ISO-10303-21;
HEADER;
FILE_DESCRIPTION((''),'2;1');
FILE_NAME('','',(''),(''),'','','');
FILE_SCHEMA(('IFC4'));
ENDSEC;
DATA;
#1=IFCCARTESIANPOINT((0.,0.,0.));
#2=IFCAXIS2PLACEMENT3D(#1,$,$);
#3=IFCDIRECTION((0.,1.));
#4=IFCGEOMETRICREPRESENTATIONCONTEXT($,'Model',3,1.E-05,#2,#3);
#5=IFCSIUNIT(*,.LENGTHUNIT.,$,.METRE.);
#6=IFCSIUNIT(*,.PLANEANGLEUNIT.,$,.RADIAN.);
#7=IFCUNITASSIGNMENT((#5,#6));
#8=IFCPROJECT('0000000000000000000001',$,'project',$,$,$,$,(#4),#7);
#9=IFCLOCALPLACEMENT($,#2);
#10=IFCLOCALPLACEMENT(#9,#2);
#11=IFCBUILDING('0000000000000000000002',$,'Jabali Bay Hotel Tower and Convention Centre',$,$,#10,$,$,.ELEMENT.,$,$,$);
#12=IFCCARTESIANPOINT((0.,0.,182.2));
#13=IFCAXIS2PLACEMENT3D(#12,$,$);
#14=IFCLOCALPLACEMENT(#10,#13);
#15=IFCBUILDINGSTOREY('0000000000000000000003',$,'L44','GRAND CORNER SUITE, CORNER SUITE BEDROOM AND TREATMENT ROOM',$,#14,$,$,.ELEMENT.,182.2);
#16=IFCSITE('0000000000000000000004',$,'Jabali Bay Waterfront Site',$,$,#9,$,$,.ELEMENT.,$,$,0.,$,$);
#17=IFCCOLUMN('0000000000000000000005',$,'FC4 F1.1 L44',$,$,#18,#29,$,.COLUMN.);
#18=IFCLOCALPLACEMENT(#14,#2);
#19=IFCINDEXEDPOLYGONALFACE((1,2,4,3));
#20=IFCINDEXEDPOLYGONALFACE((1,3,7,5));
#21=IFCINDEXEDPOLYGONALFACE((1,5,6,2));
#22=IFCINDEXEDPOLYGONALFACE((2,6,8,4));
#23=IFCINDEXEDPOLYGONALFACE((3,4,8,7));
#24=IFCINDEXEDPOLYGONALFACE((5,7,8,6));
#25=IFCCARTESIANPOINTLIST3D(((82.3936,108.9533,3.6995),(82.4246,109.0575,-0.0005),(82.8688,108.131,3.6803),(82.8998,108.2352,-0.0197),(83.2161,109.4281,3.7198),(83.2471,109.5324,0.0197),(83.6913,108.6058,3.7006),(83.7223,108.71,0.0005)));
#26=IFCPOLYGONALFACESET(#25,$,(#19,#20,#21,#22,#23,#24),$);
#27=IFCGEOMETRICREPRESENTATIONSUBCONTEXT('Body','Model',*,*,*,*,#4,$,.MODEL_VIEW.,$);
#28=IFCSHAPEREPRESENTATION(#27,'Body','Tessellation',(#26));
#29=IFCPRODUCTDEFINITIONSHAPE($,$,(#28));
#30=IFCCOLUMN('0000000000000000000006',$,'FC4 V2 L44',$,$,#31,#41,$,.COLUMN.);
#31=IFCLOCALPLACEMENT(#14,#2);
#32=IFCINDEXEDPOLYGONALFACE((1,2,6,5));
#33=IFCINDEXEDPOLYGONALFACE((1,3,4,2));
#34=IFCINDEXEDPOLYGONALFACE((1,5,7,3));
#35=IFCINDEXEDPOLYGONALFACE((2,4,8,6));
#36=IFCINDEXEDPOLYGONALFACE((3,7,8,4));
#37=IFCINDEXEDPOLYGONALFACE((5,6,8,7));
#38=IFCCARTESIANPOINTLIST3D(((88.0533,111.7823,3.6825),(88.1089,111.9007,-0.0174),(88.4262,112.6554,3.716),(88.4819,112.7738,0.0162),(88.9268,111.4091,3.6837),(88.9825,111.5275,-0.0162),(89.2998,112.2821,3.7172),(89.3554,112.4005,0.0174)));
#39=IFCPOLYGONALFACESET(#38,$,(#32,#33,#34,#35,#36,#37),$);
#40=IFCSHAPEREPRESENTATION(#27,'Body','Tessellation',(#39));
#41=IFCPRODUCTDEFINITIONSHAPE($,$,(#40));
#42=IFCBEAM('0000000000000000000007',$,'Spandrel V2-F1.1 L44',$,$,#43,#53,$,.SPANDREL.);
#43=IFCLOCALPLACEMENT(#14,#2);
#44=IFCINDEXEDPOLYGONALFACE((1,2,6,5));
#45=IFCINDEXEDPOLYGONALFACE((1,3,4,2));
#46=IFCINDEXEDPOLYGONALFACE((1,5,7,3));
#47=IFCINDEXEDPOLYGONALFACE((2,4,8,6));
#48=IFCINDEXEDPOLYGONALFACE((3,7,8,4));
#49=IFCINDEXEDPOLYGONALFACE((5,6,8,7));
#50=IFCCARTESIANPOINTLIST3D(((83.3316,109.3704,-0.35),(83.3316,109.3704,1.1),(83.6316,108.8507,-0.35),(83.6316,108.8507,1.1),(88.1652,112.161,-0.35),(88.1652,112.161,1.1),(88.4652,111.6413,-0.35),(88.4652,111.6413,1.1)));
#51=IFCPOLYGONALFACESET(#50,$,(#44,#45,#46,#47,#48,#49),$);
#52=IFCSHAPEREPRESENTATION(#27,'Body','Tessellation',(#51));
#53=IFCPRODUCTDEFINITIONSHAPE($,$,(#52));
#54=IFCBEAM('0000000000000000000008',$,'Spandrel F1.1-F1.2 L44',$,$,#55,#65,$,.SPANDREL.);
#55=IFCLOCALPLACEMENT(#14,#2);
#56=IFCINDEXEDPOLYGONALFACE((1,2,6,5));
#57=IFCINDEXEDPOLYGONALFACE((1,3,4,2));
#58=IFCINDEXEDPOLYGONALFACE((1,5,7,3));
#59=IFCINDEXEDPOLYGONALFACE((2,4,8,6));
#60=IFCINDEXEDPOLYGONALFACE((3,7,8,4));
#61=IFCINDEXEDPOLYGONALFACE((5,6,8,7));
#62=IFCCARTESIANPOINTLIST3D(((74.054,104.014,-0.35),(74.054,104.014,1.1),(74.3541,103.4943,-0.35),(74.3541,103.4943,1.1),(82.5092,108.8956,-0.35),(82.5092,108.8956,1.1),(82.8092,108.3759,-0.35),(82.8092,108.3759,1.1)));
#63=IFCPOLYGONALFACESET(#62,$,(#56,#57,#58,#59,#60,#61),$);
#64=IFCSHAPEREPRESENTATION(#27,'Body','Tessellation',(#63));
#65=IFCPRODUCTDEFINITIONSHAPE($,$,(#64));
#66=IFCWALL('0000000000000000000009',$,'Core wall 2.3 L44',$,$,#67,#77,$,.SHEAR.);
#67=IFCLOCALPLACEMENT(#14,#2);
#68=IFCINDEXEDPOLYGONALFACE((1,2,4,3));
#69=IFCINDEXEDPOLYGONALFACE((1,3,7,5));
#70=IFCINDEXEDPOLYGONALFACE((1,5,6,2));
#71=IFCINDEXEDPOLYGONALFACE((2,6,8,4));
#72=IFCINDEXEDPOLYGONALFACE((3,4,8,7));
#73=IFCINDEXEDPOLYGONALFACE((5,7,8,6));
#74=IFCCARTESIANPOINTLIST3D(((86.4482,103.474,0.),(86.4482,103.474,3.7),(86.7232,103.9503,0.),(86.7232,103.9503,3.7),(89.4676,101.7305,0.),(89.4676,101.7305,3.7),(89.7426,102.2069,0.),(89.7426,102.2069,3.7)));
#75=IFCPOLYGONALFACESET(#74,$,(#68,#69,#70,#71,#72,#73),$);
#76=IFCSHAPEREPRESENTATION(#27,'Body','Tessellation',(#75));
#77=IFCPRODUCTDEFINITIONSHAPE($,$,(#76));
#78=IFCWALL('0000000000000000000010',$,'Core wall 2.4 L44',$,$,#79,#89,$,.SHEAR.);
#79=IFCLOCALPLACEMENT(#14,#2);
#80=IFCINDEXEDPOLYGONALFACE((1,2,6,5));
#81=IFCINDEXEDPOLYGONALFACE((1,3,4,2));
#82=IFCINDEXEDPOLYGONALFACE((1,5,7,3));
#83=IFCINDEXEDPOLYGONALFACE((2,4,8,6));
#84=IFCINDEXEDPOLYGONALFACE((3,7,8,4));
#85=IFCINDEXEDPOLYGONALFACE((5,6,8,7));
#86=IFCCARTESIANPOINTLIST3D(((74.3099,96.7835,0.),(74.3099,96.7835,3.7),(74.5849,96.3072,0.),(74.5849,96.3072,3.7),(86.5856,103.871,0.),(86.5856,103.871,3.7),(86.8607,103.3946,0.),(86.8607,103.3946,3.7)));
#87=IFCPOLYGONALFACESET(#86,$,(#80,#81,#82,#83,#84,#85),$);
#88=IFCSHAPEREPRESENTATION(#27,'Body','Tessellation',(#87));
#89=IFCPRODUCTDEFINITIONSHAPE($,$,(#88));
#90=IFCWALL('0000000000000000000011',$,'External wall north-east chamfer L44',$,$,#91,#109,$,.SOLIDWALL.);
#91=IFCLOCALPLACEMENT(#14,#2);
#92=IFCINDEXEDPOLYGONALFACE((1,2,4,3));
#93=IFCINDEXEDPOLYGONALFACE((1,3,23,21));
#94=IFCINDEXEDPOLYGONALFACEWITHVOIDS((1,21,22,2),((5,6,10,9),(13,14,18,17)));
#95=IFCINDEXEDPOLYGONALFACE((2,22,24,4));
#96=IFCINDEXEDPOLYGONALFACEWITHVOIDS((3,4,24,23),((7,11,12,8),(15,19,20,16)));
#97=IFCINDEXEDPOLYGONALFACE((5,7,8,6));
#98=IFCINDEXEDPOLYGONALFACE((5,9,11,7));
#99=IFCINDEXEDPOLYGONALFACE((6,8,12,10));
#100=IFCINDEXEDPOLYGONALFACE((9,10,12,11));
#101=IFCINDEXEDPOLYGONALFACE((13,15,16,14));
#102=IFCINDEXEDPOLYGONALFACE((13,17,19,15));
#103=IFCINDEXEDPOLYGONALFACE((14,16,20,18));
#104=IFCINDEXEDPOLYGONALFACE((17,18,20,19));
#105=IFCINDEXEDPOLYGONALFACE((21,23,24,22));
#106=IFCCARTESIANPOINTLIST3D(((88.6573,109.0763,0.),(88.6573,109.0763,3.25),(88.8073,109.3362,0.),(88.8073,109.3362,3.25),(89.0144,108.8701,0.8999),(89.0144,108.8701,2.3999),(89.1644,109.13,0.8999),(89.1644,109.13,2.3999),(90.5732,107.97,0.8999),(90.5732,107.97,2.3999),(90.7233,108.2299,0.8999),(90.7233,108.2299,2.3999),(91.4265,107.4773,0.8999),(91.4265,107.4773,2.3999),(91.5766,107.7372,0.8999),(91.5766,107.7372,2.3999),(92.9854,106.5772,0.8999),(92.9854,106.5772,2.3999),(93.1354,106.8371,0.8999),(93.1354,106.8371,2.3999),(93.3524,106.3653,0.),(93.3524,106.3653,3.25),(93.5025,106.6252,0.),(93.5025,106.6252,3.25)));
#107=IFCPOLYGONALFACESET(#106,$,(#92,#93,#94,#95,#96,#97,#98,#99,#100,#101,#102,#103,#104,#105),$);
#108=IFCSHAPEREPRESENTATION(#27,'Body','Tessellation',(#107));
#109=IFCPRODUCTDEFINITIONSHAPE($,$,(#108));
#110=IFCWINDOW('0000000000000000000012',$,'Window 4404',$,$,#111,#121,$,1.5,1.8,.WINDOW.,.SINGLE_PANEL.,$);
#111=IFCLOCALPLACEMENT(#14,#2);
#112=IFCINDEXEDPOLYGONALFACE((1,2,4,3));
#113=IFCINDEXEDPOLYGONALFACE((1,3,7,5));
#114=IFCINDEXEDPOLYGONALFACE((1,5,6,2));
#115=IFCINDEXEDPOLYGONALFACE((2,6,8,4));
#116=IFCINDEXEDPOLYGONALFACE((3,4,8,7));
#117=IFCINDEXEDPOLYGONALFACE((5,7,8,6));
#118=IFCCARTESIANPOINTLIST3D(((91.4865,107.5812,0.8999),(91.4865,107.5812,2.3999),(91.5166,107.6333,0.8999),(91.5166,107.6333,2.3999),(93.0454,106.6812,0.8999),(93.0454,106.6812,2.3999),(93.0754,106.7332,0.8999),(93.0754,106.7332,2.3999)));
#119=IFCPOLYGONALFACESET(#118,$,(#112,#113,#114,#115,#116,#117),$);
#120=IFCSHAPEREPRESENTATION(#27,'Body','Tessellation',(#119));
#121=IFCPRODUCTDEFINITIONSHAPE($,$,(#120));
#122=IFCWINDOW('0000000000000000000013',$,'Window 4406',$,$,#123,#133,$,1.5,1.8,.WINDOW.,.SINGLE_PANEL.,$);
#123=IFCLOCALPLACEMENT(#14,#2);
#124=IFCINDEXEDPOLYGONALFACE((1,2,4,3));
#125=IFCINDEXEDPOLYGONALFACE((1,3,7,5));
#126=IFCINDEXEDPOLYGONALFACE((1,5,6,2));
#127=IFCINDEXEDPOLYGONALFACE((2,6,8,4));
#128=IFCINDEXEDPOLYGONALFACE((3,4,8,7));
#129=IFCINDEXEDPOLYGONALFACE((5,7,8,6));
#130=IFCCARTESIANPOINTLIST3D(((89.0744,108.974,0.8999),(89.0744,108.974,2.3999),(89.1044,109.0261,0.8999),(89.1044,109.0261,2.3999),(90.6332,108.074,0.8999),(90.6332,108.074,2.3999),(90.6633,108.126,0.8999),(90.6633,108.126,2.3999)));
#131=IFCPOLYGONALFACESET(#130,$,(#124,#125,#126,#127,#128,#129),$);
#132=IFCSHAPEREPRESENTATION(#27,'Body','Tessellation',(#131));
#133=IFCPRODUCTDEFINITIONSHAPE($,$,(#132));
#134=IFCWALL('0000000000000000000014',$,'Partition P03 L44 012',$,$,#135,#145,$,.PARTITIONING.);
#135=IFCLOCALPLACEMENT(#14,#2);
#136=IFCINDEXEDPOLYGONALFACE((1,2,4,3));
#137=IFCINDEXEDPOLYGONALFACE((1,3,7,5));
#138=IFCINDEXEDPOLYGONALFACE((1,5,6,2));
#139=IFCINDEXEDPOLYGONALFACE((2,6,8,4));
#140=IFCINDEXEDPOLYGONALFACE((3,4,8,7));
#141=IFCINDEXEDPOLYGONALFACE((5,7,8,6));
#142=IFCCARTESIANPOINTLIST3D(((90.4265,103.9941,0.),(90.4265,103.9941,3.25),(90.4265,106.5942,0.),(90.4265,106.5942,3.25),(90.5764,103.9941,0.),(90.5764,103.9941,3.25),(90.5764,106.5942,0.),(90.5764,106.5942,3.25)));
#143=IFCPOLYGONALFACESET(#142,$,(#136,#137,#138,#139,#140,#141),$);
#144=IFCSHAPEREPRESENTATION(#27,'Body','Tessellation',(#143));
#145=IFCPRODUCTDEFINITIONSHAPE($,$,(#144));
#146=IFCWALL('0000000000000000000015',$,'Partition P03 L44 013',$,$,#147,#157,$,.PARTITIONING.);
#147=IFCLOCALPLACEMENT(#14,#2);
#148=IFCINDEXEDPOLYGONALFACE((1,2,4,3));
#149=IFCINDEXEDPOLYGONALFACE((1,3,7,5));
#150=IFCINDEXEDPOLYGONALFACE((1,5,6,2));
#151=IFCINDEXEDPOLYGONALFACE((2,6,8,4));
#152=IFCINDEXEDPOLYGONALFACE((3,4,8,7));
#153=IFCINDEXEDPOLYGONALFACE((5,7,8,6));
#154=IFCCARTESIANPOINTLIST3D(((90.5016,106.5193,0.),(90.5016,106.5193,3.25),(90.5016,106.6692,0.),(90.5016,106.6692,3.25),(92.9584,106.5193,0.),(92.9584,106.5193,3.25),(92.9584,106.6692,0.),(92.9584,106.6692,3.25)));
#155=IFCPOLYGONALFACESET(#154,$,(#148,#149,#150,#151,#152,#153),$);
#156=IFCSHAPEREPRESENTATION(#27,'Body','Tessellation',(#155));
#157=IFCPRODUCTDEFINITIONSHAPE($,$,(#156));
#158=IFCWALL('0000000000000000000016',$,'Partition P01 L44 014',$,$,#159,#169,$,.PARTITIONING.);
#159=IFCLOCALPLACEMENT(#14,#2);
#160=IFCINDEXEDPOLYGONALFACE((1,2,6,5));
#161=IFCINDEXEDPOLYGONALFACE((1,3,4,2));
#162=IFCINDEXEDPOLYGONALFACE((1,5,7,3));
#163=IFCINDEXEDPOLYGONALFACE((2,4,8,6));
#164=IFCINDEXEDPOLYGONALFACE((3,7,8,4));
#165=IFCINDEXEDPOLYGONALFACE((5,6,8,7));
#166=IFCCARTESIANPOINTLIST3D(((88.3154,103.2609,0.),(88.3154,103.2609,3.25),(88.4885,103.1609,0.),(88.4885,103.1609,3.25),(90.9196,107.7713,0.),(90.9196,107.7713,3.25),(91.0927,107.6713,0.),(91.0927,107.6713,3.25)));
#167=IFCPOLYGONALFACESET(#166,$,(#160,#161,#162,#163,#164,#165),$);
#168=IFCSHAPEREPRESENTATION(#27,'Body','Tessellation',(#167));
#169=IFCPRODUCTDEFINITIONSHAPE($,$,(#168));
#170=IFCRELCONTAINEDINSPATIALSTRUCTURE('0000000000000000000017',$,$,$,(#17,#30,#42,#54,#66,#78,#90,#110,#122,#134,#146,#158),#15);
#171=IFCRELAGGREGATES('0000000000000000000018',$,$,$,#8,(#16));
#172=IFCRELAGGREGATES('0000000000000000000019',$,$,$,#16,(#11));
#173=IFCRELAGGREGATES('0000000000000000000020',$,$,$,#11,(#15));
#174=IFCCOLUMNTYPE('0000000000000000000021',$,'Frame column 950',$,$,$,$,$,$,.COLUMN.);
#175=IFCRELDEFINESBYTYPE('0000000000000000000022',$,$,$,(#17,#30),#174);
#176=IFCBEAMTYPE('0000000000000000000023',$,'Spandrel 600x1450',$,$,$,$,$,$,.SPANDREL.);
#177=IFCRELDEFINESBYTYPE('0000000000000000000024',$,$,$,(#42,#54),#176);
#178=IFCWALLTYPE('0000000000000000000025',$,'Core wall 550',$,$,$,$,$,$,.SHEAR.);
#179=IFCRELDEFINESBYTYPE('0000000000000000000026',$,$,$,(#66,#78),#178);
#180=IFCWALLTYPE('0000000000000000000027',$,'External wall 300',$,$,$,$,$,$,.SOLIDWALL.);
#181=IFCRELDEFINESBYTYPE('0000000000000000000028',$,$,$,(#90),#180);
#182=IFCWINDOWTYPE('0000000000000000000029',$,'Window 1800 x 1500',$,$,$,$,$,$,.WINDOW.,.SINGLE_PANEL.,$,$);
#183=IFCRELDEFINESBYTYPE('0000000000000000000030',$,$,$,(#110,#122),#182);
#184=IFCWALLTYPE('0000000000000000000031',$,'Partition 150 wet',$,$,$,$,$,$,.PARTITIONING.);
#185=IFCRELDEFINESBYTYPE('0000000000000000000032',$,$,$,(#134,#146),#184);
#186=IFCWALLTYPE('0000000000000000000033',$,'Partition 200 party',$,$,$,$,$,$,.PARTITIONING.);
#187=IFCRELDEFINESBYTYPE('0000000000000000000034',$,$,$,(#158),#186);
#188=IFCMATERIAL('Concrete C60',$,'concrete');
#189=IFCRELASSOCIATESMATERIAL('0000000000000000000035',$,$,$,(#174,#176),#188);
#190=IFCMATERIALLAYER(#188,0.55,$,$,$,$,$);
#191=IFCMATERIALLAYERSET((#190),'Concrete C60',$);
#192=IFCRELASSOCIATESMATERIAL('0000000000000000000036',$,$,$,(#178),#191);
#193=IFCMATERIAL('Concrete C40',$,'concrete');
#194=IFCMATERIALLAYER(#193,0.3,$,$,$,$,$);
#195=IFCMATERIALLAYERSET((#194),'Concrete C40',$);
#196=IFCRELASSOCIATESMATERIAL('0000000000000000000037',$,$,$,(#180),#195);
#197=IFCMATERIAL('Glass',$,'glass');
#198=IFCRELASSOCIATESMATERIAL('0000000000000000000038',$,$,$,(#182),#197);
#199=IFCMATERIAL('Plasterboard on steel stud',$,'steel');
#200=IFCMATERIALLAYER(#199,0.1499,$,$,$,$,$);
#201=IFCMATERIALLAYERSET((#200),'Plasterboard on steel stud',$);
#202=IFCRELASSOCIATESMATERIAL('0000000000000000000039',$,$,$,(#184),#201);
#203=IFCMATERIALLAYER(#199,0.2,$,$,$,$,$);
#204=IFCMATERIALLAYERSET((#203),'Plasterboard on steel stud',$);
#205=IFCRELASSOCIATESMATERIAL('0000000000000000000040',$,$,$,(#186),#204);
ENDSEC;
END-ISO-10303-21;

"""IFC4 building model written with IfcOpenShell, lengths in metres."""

from ifc_helpers import new_model, si_unit, direction, frame, frame_2d, origin, origin_2d, place, context, subcontext, project, spatial, rectangle, extrude, material, layer, layer_set, material_profile, profile_set, type_object, element, fill, save


model = new_model("IFC4")

# Units and contexts
model_context = context("Model", 3, precision=1e-05, world=origin(), true_north=direction((0.0, 1.0)))
body_context = subcontext(model_context, "Body", "Model", "MODEL_VIEW")
ifc_project = project(units=[si_unit("LENGTHUNIT", "METRE"), si_unit("PLANEANGLEUNIT", "RADIAN")], contexts=[model_context])

# Site, building, storey
site_placement = place(None, origin())
site = spatial("IfcSite", under=ifc_project, at=site_placement, Name="Jabali Bay Waterfront Site", CompositionType="ELEMENT", RefElevation=0.0)
building_placement = place(site_placement, origin())
building = spatial("IfcBuilding", under=site, at=building_placement, Name="Jabali Bay Hotel Tower and Convention Centre", CompositionType="ELEMENT")
storey_placement = place(building_placement, frame((0.0, 0.0, 182.2)))
storey = spatial("IfcBuildingStorey", under=building, at=storey_placement, Name="L44", Description="GRAND CORNER SUITE, CORNER SUITE BEDROOM AND TREATMENT ROOM", CompositionType="ELEMENT", Elevation=182.2)

# Columns
ifc_material_1 = material(Name="Concrete C60", Category="concrete")
ifc_material_profile_1 = material_profile(ifc_material_1, rectangle(XDim=0.95, YDim=0.95, at=origin_2d()), Name="Frame column 950")
ifc_profile_set_1 = profile_set([ifc_material_profile_1], Name="Concrete C60")
column_type = type_object("IfcColumnType", Name="Frame column 950", PredefinedType="COLUMN", material=ifc_profile_set_1)
column_1_placement = place(storey_placement, frame((83.0735, 108.8838, 0.0), z_axis=(-0.008376, -0.028163, 0.999568), x_axis=(0.865851, 0.499847, 0.021339)))
element("IfcColumn", 1, at=column_1_placement, inside=storey, type_object=column_type, Name="FC4 F1.1 L44", PredefinedType="COLUMN", context=body_context, shape_type="SweptSolid", body=[
    extrude(rectangle(XDim=0.95, YDim=0.95, at=origin_2d()), origin(), (0.0, 0.0, 1.0), 3.7017),
])
column_2_placement = place(storey_placement, frame((88.7322, 112.1506, 0.0), z_axis=(-0.015035, -0.031983, 0.999375), x_axis=(0.91959, -0.392879, 0.001262)))
element("IfcColumn", 2, at=column_2_placement, inside=storey, type_object=column_type, Name="FC4 V2 L44", PredefinedType="COLUMN", context=body_context, shape_type="SweptSolid", body=[
    extrude(rectangle(XDim=0.95, YDim=0.95, at=origin_2d()), origin(), (0.0, 0.0, 1.0), 3.7021),
])

# Beams
ifc_material_profile_2 = material_profile(ifc_material_1, rectangle(XDim=0.6001, YDim=1.45, at=origin_2d()), Name="Spandrel 600x1450")
ifc_profile_set_2 = profile_set([ifc_material_profile_2], Name="Concrete C60")
beam_type = type_object("IfcBeamType", Name="Spandrel 600x1450", PredefinedType="SPANDREL", material=ifc_profile_set_2)
beam_1_placement = place(storey_placement, frame((88.3152, 111.9011, 0.375), z_axis=(-0.866033, -0.499988, 0.0), x_axis=(0.499988, -0.866033, 0.0)))
element("IfcBeam", 3, at=beam_1_placement, inside=storey, type_object=beam_type, Name="Spandrel V2-F1.1 L44", PredefinedType="SPANDREL", context=body_context, shape_type="SweptSolid", body=[
    extrude(rectangle(XDim=0.6001, YDim=1.45, at=origin_2d()), origin(), (0.0, 0.0, 1.0), 5.5813),
])
beam_2_placement = place(storey_placement, frame((82.6592, 108.6357, 0.375), z_axis=(-0.866023, -0.500004, 0.0), x_axis=(0.500004, -0.866023, 0.0)))
element("IfcBeam", 4, at=beam_2_placement, inside=storey, type_object=beam_type, Name="Spandrel F1.1-F1.2 L44", PredefinedType="SPANDREL", context=body_context, shape_type="SweptSolid", body=[
    extrude(rectangle(XDim=0.6001, YDim=1.45, at=origin_2d()), origin(), (0.0, 0.0, 1.0), 9.7632),
])

# Walls
ifc_layer_1 = layer(ifc_material_1, 0.55)
ifc_layer_set_1 = layer_set([ifc_layer_1], Name="Concrete C60")
wall_type_1 = type_object("IfcWallType", Name="Core wall 550", PredefinedType="SHEAR", material=ifc_layer_set_1)
wall_1_placement = place(storey_placement, frame((89.605, 101.9688, 0.0), z_axis=(0.0, 0.0, 1.0), x_axis=(-0.865998, 0.500048, 0.0)))
element("IfcWall", 5, at=wall_1_placement, inside=storey, type_object=wall_type_1, Name="Core wall 2.3 L44", PredefinedType="SHEAR", context=body_context, shape_type="SweptSolid", body=[
    extrude(rectangle(XDim=3.4866, YDim=0.55, at=frame_2d((1.7432, 0.0))), origin(), (0.0, 0.0, 1.0), 3.7),
])
wall_2_placement = place(storey_placement, frame((86.7231, 103.6328, 0.0), z_axis=(0.0, 0.0, 1.0), x_axis=(-0.866024, -0.500003, 0.0)))
element("IfcWall", 6, at=wall_2_placement, inside=storey, type_object=wall_type_1, Name="Core wall 2.4 L44", PredefinedType="SHEAR", context=body_context, shape_type="SweptSolid", body=[
    extrude(rectangle(XDim=14.1748, YDim=0.55, at=frame_2d((7.0874, 0.0))), origin(), (0.0, 0.0, 1.0), 3.7),
])

# Wall, openings, windows
ifc_material_2 = material(Name="Concrete C40", Category="concrete")
ifc_layer_2 = layer(ifc_material_2, 0.3)
ifc_layer_set_2 = layer_set([ifc_layer_2], Name="Concrete C40")
wall_type_2 = type_object("IfcWallType", Name="External wall 300", PredefinedType="SOLIDWALL", material=ifc_layer_set_2)
wall_3_placement = place(storey_placement, frame((88.7322, 109.2063, 0.0), z_axis=(0.0, 0.0, 1.0), x_axis=(0.866006, -0.500033, 0.0)))
wall_3 = element("IfcWall", 7, at=wall_3_placement, inside=storey, type_object=wall_type_2, Name="External wall north-east chamfer L44", PredefinedType="SOLIDWALL", context=body_context, shape_type="SweptSolid", body=[
    extrude(rectangle(XDim=5.4216, YDim=0.3, at=frame_2d((2.7109, 0.0))), origin(), (0.0, 0.0, 1.0), 3.25),
])
opening_1_placement = place(wall_3_placement, frame((3.198, 0.0, 0.8999)))
opening_1 = element("IfcOpeningElement", 8, at=opening_1_placement, cuts=wall_3, PredefinedType="OPENING", context=body_context, shape_type="SweptSolid", body=[
    extrude(rectangle(XDim=1.8, YDim=1.5, at=frame_2d((0.8999, 0.75))), frame((0.0, 0.1606, 0.0), z_axis=(0.0, -1.0, 0.0), x_axis=(1.0, 0.0, 0.0)), (0.0, 0.0, 1.0), 0.321),
])
opening_2_placement = place(wall_3_placement, frame((0.4126, 0.0, 0.8999)))
opening_2 = element("IfcOpeningElement", 9, at=opening_2_placement, cuts=wall_3, PredefinedType="OPENING", context=body_context, shape_type="SweptSolid", body=[
    extrude(rectangle(XDim=1.8, YDim=1.5, at=frame_2d((0.8999, 0.75))), frame((0.0, 0.1606, 0.0), z_axis=(0.0, -1.0, 0.0), x_axis=(1.0, 0.0, 0.0)), (0.0, 0.0, 1.0), 0.321),
])
ifc_material_3 = material(Name="Glass", Category="glass")
window_type = type_object("IfcWindowType", Name="Window 1800 x 1500", PartitioningType="SINGLE_PANEL", PredefinedType="WINDOW", material=ifc_material_3)
window_1_placement = place(opening_1_placement, origin())
window_1 = element("IfcWindow", 10, at=window_1_placement, inside=storey, type_object=window_type, Name="Window 4404", OverallHeight=1.5, OverallWidth=1.8, PartitioningType="SINGLE_PANEL", PredefinedType="WINDOW", context=body_context, shape_type="SweptSolid", body=[
    extrude(rectangle(XDim=1.8, YDim=1.5, at=frame_2d((0.8999, 0.75))), frame((0.0, 0.03, 0.0), z_axis=(0.0, -1.0, 0.0), x_axis=(1.0, 0.0, 0.0)), (0.0, 0.0, 1.0), 0.0601),
])
fill(opening_1, window_1)
window_2_placement = place(opening_2_placement, origin())
window_2 = element("IfcWindow", 11, at=window_2_placement, inside=storey, type_object=window_type, Name="Window 4406", OverallHeight=1.5, OverallWidth=1.8, PartitioningType="SINGLE_PANEL", PredefinedType="WINDOW", context=body_context, shape_type="SweptSolid", body=[
    extrude(rectangle(XDim=1.8, YDim=1.5, at=frame_2d((0.8999, 0.75))), frame((0.0, 0.03, 0.0), z_axis=(0.0, -1.0, 0.0), x_axis=(1.0, 0.0, 0.0)), (0.0, 0.0, 1.0), 0.0601),
])
fill(opening_2, window_2)

# Walls
ifc_material_4 = material(Name="Plasterboard on steel stud", Category="steel")
ifc_layer_3 = layer(ifc_material_4, 0.1499)
ifc_layer_set_3 = layer_set([ifc_layer_3], Name="Plasterboard on steel stud")
wall_type_3 = type_object("IfcWallType", Name="Partition 150 wet", PredefinedType="PARTITIONING", material=ifc_layer_set_3)
wall_4_placement = place(storey_placement, frame((90.5015, 103.9941, 0.0), z_axis=(0.0, 0.0, 1.0), x_axis=(0.0, 1.0, 0.0)))
element("IfcWall", 12, at=wall_4_placement, inside=storey, type_object=wall_type_3, Name="Partition P03 L44 012", PredefinedType="PARTITIONING", context=body_context, shape_type="SweptSolid", body=[
    extrude(rectangle(XDim=2.6001, YDim=0.1499, at=frame_2d((1.3, 0.0))), origin(), (0.0, 0.0, 1.0), 3.25),
])
wall_5_placement = place(storey_placement, frame((90.5015, 106.5942, 0.0), z_axis=(0.0, 0.0, 1.0), x_axis=(1.0, 0.0, 0.0)))
element("IfcWall", 13, at=wall_5_placement, inside=storey, type_object=wall_type_3, Name="Partition P03 L44 013", PredefinedType="PARTITIONING", context=body_context, shape_type="SweptSolid", body=[
    extrude(rectangle(XDim=2.4568, YDim=0.1499, at=frame_2d((1.2285, 0.0))), origin(), (0.0, 0.0, 1.0), 3.25),
])
ifc_layer_4 = layer(ifc_material_4, 0.2)
ifc_layer_set_4 = layer_set([ifc_layer_4], Name="Plasterboard on steel stud")
wall_type_4 = type_object("IfcWallType", Name="Partition 200 party", PredefinedType="PARTITIONING", material=ifc_layer_set_4)
wall_6_placement = place(storey_placement, frame((91.0061, 107.7212, 0.0), z_axis=(0.0, 0.0, 1.0), x_axis=(-0.500016, -0.866016, 0.0)))
element("IfcWall", 14, at=wall_6_placement, inside=storey, type_object=wall_type_4, Name="Partition P01 L44 014", PredefinedType="PARTITIONING", context=body_context, shape_type="SweptSolid", body=[
    extrude(rectangle(XDim=5.2083, YDim=0.2, at=frame_2d((2.604, 0.0))), origin(), (0.0, 0.0, 1.0), 3.25),
])

save(model, "model.ifc")
